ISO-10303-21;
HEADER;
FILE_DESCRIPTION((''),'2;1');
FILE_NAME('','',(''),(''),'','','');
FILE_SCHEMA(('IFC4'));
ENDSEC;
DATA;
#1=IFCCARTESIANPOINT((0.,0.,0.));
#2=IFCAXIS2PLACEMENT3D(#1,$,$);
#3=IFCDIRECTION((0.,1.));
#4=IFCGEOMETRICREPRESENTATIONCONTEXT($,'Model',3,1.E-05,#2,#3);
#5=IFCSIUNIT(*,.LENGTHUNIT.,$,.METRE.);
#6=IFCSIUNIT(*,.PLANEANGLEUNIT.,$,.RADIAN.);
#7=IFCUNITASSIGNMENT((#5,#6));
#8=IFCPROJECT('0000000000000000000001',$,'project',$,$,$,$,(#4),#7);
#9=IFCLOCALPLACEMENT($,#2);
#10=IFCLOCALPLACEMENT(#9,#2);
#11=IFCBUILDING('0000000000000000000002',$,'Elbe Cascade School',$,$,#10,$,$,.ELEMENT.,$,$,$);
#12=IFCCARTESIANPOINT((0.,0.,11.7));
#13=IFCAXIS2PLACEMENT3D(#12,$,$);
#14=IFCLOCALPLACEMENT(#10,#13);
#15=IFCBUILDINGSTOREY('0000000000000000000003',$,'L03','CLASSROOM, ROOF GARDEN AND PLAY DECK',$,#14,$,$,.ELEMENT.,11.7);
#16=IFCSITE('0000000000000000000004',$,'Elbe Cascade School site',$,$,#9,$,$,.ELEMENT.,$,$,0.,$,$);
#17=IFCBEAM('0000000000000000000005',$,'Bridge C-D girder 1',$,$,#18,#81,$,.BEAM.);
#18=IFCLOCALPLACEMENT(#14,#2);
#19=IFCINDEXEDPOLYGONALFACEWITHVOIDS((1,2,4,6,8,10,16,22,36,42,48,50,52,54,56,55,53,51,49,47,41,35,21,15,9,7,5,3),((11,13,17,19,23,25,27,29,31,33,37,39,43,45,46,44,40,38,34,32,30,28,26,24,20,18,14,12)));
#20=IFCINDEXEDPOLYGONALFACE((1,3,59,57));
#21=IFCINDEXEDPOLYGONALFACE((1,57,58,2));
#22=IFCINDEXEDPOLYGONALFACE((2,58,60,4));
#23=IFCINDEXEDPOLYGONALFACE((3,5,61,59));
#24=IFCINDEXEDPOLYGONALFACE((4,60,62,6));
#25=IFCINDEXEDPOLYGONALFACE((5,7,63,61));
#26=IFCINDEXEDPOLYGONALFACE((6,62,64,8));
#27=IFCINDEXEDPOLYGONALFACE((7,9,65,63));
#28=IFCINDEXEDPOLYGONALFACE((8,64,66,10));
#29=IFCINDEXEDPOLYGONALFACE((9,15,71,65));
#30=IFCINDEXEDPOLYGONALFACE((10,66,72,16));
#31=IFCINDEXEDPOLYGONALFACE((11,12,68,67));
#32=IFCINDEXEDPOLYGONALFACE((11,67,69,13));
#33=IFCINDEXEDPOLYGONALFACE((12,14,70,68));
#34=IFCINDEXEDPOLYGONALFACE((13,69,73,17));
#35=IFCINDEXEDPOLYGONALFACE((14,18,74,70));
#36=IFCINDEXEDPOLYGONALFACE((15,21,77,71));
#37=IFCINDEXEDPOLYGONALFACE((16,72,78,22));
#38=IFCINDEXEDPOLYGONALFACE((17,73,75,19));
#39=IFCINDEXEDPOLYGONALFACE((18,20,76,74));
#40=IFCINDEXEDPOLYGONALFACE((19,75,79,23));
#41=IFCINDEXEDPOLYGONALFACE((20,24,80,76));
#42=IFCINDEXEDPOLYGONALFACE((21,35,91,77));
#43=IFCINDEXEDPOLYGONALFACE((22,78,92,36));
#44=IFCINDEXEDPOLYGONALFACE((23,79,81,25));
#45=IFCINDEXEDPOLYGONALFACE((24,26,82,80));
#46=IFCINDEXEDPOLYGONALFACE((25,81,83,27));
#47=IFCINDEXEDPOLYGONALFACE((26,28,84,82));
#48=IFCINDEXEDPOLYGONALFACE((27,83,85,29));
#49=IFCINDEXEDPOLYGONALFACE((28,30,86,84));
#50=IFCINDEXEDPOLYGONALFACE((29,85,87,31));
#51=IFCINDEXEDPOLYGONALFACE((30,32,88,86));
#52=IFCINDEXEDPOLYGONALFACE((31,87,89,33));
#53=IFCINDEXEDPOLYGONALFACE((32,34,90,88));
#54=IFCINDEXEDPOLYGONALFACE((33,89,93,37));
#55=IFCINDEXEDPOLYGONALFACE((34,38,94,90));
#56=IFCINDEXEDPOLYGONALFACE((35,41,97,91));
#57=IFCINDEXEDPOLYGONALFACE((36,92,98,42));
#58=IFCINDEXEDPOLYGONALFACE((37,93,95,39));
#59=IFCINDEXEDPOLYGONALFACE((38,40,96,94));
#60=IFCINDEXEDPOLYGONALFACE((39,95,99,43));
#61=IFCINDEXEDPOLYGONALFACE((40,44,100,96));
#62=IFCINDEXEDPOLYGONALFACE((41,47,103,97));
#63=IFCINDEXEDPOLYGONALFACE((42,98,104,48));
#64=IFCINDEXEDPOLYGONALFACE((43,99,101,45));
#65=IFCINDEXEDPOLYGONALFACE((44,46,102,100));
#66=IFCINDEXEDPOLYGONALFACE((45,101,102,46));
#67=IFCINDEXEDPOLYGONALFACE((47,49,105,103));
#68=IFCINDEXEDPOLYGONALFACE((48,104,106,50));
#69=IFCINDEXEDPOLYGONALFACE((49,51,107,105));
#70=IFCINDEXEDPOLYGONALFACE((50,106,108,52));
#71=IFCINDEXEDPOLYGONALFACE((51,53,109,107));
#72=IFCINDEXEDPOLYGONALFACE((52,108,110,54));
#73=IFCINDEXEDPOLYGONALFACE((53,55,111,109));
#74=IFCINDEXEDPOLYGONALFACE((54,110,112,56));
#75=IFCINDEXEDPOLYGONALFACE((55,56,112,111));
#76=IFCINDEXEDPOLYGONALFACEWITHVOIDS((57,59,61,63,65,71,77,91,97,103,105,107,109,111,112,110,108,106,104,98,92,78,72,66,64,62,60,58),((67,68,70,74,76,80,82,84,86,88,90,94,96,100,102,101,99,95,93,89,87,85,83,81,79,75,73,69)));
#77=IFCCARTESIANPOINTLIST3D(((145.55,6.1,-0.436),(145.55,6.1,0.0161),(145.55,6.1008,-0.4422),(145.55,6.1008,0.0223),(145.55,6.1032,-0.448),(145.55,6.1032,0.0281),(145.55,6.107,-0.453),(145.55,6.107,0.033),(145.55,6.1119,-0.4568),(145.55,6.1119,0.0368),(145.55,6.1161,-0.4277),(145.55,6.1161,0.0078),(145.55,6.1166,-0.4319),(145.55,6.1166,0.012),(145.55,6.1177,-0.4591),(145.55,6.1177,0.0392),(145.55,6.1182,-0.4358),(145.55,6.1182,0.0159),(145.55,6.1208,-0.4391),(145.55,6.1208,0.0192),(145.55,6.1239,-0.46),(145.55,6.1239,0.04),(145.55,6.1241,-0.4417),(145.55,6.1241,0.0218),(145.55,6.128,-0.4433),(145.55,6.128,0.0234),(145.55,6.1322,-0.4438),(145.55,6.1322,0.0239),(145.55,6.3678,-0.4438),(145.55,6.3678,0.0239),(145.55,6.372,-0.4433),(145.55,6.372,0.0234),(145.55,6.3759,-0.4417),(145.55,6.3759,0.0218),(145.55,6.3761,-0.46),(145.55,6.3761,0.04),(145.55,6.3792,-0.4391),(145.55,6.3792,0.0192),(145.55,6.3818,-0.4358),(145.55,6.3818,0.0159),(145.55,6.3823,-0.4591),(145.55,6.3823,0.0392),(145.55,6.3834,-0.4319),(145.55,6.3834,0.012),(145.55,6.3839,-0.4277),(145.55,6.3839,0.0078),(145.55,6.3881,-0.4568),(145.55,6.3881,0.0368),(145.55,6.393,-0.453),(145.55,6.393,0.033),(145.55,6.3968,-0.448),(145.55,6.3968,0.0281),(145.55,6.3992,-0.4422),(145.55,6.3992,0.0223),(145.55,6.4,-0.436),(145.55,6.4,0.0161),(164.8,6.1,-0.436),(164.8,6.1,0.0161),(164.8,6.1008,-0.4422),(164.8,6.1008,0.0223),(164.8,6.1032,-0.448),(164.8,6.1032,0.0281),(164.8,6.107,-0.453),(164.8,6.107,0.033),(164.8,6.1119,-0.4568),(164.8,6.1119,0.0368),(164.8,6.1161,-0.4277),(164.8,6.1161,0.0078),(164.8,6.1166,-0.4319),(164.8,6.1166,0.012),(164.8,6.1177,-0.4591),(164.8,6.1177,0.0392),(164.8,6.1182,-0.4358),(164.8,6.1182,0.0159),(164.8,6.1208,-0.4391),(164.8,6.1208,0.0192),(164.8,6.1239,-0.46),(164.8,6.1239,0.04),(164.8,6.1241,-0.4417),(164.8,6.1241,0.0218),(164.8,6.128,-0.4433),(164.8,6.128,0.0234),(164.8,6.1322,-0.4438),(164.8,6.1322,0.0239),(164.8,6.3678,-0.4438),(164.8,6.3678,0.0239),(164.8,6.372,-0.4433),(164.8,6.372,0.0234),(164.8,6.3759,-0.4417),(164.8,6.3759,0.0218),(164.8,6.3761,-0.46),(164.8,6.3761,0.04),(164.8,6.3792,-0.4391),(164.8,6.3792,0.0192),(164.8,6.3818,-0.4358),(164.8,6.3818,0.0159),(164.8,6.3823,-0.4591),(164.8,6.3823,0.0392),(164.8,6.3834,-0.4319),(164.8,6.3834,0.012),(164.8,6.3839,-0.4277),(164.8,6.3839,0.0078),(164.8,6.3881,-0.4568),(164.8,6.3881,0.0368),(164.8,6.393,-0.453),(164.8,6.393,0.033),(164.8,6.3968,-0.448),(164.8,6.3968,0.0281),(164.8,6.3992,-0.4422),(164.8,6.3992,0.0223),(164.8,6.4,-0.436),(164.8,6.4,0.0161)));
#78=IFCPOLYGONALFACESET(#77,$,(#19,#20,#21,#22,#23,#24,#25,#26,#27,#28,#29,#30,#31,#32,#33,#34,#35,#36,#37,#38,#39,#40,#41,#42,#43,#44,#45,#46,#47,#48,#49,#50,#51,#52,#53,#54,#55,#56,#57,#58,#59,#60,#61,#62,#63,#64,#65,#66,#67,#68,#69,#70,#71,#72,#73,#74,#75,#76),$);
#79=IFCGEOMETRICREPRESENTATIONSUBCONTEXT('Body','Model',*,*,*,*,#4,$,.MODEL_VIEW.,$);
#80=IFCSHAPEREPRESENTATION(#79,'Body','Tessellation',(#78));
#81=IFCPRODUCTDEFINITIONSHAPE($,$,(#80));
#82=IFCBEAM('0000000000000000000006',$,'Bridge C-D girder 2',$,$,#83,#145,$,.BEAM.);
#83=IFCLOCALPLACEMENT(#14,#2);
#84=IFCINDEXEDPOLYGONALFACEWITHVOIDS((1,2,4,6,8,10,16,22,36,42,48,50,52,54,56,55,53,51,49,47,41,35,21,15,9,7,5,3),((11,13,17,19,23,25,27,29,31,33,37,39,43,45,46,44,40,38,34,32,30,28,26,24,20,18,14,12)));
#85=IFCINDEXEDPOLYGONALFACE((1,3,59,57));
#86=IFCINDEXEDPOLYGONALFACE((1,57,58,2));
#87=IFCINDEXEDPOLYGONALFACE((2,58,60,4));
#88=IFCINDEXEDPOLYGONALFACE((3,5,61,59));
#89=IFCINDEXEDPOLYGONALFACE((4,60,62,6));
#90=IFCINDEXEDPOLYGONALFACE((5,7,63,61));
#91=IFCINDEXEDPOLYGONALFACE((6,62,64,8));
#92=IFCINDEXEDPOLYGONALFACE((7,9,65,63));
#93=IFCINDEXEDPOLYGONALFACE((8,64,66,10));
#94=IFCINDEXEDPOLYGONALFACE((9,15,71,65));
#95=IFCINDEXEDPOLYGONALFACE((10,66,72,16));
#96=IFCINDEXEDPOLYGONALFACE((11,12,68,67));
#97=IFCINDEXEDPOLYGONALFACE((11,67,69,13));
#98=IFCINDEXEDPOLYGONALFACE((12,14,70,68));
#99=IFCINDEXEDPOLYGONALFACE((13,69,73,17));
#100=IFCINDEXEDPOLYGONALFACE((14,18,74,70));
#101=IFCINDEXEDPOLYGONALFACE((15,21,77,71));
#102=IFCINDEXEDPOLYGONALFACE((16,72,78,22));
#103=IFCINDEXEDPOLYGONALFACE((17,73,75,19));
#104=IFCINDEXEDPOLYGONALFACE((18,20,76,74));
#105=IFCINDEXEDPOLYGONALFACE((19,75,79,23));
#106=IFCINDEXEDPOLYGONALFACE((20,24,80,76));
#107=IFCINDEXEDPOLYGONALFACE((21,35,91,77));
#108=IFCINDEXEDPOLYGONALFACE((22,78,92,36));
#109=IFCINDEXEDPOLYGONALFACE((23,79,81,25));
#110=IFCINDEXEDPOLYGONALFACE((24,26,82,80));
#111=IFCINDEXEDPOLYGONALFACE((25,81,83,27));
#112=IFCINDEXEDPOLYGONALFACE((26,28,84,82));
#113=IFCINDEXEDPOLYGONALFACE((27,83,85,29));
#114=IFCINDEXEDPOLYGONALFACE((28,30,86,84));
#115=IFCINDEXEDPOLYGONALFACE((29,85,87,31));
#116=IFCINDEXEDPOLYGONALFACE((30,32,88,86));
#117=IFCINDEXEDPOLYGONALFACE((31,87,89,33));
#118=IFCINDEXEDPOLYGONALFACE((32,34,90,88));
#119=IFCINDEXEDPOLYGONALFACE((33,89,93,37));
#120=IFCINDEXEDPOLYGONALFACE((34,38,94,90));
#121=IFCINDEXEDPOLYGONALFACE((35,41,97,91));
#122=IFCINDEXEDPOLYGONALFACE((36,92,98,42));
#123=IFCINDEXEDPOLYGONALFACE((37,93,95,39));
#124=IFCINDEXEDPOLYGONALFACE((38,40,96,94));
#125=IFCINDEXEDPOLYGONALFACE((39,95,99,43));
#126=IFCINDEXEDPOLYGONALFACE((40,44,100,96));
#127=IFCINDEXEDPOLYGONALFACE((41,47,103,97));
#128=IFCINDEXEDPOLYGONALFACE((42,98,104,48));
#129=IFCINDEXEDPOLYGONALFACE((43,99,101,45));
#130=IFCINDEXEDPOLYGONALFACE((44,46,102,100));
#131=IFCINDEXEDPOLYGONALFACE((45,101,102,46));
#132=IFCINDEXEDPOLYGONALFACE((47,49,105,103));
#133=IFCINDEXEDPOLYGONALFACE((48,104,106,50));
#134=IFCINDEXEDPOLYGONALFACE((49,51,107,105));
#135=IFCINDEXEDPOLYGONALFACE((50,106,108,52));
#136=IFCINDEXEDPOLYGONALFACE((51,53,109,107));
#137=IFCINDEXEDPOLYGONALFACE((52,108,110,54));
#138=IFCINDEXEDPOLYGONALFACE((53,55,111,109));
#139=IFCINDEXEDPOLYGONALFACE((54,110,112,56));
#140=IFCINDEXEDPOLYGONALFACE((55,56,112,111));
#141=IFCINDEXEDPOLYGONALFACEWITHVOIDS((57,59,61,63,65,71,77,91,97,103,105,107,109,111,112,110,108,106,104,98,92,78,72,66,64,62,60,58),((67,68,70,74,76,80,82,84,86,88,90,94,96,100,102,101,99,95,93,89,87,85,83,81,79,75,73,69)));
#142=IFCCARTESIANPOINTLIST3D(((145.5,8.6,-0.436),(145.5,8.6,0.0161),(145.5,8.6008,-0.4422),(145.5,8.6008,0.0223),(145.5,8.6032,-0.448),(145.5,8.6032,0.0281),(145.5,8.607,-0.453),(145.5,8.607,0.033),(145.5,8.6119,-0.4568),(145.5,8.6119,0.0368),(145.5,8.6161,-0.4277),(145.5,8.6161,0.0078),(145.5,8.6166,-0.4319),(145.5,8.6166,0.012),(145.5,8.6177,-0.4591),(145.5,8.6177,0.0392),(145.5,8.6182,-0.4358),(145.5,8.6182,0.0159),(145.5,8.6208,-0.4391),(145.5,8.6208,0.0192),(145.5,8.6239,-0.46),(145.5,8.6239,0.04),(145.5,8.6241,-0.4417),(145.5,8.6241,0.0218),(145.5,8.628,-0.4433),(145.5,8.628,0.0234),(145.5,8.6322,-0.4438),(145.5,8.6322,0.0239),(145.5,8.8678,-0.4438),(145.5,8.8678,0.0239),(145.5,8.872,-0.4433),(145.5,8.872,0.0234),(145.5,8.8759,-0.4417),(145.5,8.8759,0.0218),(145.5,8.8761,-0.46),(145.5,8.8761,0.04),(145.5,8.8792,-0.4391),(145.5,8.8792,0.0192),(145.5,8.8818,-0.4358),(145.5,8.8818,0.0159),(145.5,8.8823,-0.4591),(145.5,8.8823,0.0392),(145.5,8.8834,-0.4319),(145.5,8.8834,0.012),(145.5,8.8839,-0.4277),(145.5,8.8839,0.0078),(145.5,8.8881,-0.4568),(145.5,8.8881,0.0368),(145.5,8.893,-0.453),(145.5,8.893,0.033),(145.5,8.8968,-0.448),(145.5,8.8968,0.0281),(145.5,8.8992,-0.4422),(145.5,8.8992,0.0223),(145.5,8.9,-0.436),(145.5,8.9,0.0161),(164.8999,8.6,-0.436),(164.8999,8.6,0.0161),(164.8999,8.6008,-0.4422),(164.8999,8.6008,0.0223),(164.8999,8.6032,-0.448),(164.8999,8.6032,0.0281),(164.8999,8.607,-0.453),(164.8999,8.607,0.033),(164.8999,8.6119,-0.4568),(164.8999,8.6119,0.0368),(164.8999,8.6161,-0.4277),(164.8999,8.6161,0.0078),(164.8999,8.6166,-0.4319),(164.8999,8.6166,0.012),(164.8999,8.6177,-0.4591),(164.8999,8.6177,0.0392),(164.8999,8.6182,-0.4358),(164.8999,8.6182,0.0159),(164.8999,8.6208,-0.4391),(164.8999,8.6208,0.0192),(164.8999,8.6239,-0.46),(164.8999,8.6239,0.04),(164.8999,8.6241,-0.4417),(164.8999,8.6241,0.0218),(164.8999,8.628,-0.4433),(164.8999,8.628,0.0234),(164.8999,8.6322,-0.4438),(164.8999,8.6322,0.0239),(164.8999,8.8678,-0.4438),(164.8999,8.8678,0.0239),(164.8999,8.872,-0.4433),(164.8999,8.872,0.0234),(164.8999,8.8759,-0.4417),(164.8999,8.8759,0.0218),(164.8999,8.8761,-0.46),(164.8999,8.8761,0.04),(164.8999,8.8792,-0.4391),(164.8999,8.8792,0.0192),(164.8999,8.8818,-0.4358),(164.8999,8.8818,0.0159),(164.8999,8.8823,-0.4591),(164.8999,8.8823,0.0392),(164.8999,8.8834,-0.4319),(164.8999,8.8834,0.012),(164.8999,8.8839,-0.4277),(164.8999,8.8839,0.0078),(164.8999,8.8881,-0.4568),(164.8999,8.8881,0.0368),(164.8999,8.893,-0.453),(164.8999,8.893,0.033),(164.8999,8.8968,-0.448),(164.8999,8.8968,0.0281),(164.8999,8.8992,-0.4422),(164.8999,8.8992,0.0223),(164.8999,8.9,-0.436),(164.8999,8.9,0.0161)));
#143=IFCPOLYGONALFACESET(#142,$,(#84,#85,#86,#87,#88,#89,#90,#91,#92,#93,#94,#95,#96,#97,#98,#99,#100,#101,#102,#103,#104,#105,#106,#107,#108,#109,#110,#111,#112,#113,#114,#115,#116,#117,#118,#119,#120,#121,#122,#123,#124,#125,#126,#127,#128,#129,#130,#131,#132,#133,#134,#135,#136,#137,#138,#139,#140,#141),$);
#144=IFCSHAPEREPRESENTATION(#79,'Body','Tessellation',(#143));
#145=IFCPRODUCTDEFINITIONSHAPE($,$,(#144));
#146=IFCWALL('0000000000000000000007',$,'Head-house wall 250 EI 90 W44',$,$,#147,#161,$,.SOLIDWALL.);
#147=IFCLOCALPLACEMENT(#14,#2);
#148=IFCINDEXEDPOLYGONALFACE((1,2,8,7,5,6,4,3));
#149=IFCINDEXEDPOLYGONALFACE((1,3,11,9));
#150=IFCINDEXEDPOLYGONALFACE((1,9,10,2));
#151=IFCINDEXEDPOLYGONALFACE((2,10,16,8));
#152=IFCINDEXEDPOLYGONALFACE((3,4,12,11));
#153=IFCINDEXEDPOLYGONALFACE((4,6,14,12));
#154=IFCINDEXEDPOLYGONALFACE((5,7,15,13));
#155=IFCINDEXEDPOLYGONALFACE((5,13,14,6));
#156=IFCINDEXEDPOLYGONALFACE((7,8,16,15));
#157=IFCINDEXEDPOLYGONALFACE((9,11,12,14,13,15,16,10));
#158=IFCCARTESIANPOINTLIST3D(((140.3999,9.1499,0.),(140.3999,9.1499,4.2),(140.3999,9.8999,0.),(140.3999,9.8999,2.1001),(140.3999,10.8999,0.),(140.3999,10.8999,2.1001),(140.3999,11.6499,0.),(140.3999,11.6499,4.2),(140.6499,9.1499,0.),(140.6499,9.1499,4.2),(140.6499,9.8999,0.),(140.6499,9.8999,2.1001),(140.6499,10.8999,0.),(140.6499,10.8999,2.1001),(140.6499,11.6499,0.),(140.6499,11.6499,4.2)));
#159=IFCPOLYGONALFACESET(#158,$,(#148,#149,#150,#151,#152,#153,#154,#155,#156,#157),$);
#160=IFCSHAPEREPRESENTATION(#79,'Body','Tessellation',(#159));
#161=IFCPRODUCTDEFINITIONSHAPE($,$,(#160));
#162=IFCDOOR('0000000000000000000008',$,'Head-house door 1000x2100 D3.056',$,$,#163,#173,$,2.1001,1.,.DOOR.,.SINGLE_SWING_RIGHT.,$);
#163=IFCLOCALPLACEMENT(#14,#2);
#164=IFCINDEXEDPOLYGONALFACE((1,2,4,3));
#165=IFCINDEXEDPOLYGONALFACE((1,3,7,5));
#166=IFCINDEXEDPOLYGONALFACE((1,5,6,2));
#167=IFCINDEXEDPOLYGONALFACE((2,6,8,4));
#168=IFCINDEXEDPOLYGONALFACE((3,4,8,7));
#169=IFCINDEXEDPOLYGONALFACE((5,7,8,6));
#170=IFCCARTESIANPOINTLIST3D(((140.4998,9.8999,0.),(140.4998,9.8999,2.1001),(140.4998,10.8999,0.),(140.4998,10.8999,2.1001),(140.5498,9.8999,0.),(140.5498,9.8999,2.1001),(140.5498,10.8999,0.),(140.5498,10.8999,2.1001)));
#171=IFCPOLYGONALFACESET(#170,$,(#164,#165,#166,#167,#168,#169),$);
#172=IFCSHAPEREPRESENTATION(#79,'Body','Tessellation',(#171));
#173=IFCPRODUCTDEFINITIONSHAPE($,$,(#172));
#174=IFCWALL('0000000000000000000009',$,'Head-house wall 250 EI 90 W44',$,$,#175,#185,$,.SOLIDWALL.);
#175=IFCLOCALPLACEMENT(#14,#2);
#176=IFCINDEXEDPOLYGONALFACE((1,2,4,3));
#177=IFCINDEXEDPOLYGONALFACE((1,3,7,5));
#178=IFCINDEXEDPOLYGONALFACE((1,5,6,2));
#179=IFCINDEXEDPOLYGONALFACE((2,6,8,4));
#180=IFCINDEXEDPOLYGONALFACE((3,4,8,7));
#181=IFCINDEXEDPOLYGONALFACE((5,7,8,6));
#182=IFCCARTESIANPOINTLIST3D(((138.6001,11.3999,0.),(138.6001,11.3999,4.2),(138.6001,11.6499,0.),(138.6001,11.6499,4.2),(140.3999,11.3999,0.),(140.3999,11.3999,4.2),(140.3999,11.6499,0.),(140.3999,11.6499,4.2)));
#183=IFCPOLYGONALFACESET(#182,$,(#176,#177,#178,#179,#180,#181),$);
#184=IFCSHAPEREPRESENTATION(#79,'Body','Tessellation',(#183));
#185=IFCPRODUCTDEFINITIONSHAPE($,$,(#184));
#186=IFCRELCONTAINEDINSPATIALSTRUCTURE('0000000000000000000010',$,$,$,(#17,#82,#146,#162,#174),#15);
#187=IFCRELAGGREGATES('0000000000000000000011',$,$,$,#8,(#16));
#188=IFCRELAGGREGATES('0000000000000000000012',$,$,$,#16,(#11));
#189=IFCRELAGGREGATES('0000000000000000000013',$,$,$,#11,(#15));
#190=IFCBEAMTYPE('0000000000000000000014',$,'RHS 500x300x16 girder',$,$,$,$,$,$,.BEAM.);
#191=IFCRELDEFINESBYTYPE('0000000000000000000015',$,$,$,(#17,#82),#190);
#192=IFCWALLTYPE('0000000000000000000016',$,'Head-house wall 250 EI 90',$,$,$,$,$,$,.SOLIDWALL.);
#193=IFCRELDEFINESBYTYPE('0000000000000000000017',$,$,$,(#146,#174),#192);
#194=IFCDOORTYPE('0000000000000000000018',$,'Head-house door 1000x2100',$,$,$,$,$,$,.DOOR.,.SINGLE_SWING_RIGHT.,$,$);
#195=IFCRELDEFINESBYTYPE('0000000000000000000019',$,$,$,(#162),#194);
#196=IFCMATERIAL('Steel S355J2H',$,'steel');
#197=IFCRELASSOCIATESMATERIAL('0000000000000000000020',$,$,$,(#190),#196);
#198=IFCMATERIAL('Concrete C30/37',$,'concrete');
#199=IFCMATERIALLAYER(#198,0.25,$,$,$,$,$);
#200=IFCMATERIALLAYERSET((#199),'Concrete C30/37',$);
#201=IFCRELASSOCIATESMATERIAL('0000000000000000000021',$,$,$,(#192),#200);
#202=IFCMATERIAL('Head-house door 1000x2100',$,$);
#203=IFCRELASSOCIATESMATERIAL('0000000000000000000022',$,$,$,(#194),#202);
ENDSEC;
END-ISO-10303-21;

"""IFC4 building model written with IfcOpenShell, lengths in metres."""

from ifc_helpers import new_model, si_unit, direction, frame, frame_2d, origin, origin_2d, place, context, subcontext, project, spatial, rectangle, hollow_rectangle, extrude, material, layer, layer_set, material_profile, profile_set, type_object, element, fill, save


model = new_model("IFC4")

# Units and contexts
model_context = context("Model", 3, precision=1e-05, world=origin(), true_north=direction((0.0, 1.0)))
body_context = subcontext(model_context, "Body", "Model", "MODEL_VIEW")
ifc_project = project(units=[si_unit("LENGTHUNIT", "METRE"), si_unit("PLANEANGLEUNIT", "RADIAN")], contexts=[model_context])

# Site, building, storey
site_placement = place(None, origin())
site = spatial("IfcSite", under=ifc_project, at=site_placement, Name="Elbe Cascade School site", CompositionType="ELEMENT", RefElevation=0.0)
building_placement = place(site_placement, origin())
building = spatial("IfcBuilding", under=site, at=building_placement, Name="Elbe Cascade School", CompositionType="ELEMENT")
storey_placement = place(building_placement, frame((0.0, 0.0, 11.7)))
storey = spatial("IfcBuildingStorey", under=building, at=storey_placement, Name="L03", Description="CLASSROOM, ROOF GARDEN AND PLAY DECK", CompositionType="ELEMENT", Elevation=11.7)

# Beams
ifc_material_1 = material(Name="Steel S355J2H", Category="steel")
ifc_material_profile_1 = material_profile(ifc_material_1, hollow_rectangle(XDim=0.3, YDim=0.5, WallThickness=0.0161, InnerFilletRadius=0.0161, OuterFilletRadius=0.0239, at=origin_2d()), Name="RHS 500x300x16")
ifc_profile_set_1 = profile_set([ifc_material_profile_1], Name="Steel S355J2H")
beam_type_1 = type_object("IfcBeamType", Name="RHS 500x300x16 girder", PredefinedType="BEAM", material=ifc_profile_set_1)
beam_1_placement = place(storey_placement, frame((145.55, 6.25, -0.21), z_axis=(1.0, 0.0, 0.0), x_axis=(0.0, 1.0, 0.0)))
element("IfcBeam", 1, at=beam_1_placement, inside=storey, type_object=beam_type_1, Name="Bridge C-D girder 1", PredefinedType="BEAM", context=body_context, shape_type="SweptSolid", body=[
    extrude(hollow_rectangle(XDim=0.3, YDim=0.5, WallThickness=0.0161, InnerFilletRadius=0.0161, OuterFilletRadius=0.0239, at=origin_2d()), origin(), (0.0, 0.0, 1.0), 19.25),
])
beam_2_placement = place(storey_placement, frame((145.5, 8.75, -0.21), z_axis=(1.0, 0.0, 0.0), x_axis=(0.0, 1.0, 0.0)))
element("IfcBeam", 2, at=beam_2_placement, inside=storey, type_object=beam_type_1, Name="Bridge C-D girder 2", PredefinedType="BEAM", context=body_context, shape_type="SweptSolid", body=[
    extrude(hollow_rectangle(XDim=0.3, YDim=0.5, WallThickness=0.0161, InnerFilletRadius=0.0161, OuterFilletRadius=0.0239, at=origin_2d()), origin(), (0.0, 0.0, 1.0), 19.3999),
])

# Wall, opening, door
ifc_material_2 = material(Name="Concrete C30/37", Category="concrete")
ifc_layer_1 = layer(ifc_material_2, 0.25)
ifc_layer_set_1 = layer_set([ifc_layer_1], Name="Concrete C30/37")
wall_type_1 = type_object("IfcWallType", Name="Head-house wall 250 EI 90", PredefinedType="SOLIDWALL", material=ifc_layer_set_1)
wall_1_placement = place(storey_placement, frame((140.5249, 11.6499, 0.0), z_axis=(0.0, 0.0, 1.0), x_axis=(0.0, -1.0, 0.0)))
wall_1 = element("IfcWall", 3, at=wall_1_placement, inside=storey, type_object=wall_type_1, Name="Head-house wall 250 EI 90 W44", PredefinedType="SOLIDWALL", context=body_context, shape_type="SweptSolid", body=[
    extrude(rectangle(XDim=2.5, YDim=0.25, at=frame_2d((1.25, 0.0))), origin(), (0.0, 0.0, 1.0), 4.2),
])
opening_1_placement = place(wall_1_placement, frame((0.75, 0.0, 0.0)))
opening_1 = element("IfcOpeningElement", 4, at=opening_1_placement, cuts=wall_1, PredefinedType="OPENING", context=body_context, shape_type="SweptSolid", body=[
    extrude(rectangle(XDim=1.0, YDim=2.1001, at=frame_2d((0.5, 1.05))), frame((0.0, 0.135, 0.0), z_axis=(0.0, -1.0, 0.0), x_axis=(1.0, 0.0, 0.0)), (0.0, 0.0, 1.0), 0.27),
])
ifc_material_3 = material(Name="Head-house door 1000x2100")
door_type_1 = type_object("IfcDoorType", Name="Head-house door 1000x2100", OperationType="SINGLE_SWING_RIGHT", PredefinedType="DOOR", material=ifc_material_3)
door_1_placement = place(opening_1_placement, origin())
door_1 = element("IfcDoor", 5, at=door_1_placement, inside=storey, type_object=door_type_1, Name="Head-house door 1000x2100 D3.056", OperationType="SINGLE_SWING_RIGHT", OverallHeight=2.1001, OverallWidth=1.0, PredefinedType="DOOR", context=body_context, shape_type="SweptSolid", body=[
    extrude(rectangle(XDim=1.0, YDim=2.1001, at=frame_2d((0.5, 1.05))), frame((0.0, 0.0249, 0.0), z_axis=(0.0, -1.0, 0.0), x_axis=(1.0, 0.0, 0.0)), (0.0, 0.0, 1.0), 0.05),
])
fill(opening_1, door_1)

# Wall
wall_2_placement = place(storey_placement, frame((138.6001, 11.5249, 0.0), z_axis=(0.0, 0.0, 1.0), x_axis=(1.0, 0.0, 0.0)))
element("IfcWall", 6, at=wall_2_placement, inside=storey, type_object=wall_type_1, Name="Head-house wall 250 EI 90 W44", PredefinedType="SOLIDWALL", context=body_context, shape_type="SweptSolid", body=[
    extrude(rectangle(XDim=1.7998, YDim=0.25, at=frame_2d((0.8999, 0.0))), origin(), (0.0, 0.0, 1.0), 4.2),
])

save(model, "model.ifc")
